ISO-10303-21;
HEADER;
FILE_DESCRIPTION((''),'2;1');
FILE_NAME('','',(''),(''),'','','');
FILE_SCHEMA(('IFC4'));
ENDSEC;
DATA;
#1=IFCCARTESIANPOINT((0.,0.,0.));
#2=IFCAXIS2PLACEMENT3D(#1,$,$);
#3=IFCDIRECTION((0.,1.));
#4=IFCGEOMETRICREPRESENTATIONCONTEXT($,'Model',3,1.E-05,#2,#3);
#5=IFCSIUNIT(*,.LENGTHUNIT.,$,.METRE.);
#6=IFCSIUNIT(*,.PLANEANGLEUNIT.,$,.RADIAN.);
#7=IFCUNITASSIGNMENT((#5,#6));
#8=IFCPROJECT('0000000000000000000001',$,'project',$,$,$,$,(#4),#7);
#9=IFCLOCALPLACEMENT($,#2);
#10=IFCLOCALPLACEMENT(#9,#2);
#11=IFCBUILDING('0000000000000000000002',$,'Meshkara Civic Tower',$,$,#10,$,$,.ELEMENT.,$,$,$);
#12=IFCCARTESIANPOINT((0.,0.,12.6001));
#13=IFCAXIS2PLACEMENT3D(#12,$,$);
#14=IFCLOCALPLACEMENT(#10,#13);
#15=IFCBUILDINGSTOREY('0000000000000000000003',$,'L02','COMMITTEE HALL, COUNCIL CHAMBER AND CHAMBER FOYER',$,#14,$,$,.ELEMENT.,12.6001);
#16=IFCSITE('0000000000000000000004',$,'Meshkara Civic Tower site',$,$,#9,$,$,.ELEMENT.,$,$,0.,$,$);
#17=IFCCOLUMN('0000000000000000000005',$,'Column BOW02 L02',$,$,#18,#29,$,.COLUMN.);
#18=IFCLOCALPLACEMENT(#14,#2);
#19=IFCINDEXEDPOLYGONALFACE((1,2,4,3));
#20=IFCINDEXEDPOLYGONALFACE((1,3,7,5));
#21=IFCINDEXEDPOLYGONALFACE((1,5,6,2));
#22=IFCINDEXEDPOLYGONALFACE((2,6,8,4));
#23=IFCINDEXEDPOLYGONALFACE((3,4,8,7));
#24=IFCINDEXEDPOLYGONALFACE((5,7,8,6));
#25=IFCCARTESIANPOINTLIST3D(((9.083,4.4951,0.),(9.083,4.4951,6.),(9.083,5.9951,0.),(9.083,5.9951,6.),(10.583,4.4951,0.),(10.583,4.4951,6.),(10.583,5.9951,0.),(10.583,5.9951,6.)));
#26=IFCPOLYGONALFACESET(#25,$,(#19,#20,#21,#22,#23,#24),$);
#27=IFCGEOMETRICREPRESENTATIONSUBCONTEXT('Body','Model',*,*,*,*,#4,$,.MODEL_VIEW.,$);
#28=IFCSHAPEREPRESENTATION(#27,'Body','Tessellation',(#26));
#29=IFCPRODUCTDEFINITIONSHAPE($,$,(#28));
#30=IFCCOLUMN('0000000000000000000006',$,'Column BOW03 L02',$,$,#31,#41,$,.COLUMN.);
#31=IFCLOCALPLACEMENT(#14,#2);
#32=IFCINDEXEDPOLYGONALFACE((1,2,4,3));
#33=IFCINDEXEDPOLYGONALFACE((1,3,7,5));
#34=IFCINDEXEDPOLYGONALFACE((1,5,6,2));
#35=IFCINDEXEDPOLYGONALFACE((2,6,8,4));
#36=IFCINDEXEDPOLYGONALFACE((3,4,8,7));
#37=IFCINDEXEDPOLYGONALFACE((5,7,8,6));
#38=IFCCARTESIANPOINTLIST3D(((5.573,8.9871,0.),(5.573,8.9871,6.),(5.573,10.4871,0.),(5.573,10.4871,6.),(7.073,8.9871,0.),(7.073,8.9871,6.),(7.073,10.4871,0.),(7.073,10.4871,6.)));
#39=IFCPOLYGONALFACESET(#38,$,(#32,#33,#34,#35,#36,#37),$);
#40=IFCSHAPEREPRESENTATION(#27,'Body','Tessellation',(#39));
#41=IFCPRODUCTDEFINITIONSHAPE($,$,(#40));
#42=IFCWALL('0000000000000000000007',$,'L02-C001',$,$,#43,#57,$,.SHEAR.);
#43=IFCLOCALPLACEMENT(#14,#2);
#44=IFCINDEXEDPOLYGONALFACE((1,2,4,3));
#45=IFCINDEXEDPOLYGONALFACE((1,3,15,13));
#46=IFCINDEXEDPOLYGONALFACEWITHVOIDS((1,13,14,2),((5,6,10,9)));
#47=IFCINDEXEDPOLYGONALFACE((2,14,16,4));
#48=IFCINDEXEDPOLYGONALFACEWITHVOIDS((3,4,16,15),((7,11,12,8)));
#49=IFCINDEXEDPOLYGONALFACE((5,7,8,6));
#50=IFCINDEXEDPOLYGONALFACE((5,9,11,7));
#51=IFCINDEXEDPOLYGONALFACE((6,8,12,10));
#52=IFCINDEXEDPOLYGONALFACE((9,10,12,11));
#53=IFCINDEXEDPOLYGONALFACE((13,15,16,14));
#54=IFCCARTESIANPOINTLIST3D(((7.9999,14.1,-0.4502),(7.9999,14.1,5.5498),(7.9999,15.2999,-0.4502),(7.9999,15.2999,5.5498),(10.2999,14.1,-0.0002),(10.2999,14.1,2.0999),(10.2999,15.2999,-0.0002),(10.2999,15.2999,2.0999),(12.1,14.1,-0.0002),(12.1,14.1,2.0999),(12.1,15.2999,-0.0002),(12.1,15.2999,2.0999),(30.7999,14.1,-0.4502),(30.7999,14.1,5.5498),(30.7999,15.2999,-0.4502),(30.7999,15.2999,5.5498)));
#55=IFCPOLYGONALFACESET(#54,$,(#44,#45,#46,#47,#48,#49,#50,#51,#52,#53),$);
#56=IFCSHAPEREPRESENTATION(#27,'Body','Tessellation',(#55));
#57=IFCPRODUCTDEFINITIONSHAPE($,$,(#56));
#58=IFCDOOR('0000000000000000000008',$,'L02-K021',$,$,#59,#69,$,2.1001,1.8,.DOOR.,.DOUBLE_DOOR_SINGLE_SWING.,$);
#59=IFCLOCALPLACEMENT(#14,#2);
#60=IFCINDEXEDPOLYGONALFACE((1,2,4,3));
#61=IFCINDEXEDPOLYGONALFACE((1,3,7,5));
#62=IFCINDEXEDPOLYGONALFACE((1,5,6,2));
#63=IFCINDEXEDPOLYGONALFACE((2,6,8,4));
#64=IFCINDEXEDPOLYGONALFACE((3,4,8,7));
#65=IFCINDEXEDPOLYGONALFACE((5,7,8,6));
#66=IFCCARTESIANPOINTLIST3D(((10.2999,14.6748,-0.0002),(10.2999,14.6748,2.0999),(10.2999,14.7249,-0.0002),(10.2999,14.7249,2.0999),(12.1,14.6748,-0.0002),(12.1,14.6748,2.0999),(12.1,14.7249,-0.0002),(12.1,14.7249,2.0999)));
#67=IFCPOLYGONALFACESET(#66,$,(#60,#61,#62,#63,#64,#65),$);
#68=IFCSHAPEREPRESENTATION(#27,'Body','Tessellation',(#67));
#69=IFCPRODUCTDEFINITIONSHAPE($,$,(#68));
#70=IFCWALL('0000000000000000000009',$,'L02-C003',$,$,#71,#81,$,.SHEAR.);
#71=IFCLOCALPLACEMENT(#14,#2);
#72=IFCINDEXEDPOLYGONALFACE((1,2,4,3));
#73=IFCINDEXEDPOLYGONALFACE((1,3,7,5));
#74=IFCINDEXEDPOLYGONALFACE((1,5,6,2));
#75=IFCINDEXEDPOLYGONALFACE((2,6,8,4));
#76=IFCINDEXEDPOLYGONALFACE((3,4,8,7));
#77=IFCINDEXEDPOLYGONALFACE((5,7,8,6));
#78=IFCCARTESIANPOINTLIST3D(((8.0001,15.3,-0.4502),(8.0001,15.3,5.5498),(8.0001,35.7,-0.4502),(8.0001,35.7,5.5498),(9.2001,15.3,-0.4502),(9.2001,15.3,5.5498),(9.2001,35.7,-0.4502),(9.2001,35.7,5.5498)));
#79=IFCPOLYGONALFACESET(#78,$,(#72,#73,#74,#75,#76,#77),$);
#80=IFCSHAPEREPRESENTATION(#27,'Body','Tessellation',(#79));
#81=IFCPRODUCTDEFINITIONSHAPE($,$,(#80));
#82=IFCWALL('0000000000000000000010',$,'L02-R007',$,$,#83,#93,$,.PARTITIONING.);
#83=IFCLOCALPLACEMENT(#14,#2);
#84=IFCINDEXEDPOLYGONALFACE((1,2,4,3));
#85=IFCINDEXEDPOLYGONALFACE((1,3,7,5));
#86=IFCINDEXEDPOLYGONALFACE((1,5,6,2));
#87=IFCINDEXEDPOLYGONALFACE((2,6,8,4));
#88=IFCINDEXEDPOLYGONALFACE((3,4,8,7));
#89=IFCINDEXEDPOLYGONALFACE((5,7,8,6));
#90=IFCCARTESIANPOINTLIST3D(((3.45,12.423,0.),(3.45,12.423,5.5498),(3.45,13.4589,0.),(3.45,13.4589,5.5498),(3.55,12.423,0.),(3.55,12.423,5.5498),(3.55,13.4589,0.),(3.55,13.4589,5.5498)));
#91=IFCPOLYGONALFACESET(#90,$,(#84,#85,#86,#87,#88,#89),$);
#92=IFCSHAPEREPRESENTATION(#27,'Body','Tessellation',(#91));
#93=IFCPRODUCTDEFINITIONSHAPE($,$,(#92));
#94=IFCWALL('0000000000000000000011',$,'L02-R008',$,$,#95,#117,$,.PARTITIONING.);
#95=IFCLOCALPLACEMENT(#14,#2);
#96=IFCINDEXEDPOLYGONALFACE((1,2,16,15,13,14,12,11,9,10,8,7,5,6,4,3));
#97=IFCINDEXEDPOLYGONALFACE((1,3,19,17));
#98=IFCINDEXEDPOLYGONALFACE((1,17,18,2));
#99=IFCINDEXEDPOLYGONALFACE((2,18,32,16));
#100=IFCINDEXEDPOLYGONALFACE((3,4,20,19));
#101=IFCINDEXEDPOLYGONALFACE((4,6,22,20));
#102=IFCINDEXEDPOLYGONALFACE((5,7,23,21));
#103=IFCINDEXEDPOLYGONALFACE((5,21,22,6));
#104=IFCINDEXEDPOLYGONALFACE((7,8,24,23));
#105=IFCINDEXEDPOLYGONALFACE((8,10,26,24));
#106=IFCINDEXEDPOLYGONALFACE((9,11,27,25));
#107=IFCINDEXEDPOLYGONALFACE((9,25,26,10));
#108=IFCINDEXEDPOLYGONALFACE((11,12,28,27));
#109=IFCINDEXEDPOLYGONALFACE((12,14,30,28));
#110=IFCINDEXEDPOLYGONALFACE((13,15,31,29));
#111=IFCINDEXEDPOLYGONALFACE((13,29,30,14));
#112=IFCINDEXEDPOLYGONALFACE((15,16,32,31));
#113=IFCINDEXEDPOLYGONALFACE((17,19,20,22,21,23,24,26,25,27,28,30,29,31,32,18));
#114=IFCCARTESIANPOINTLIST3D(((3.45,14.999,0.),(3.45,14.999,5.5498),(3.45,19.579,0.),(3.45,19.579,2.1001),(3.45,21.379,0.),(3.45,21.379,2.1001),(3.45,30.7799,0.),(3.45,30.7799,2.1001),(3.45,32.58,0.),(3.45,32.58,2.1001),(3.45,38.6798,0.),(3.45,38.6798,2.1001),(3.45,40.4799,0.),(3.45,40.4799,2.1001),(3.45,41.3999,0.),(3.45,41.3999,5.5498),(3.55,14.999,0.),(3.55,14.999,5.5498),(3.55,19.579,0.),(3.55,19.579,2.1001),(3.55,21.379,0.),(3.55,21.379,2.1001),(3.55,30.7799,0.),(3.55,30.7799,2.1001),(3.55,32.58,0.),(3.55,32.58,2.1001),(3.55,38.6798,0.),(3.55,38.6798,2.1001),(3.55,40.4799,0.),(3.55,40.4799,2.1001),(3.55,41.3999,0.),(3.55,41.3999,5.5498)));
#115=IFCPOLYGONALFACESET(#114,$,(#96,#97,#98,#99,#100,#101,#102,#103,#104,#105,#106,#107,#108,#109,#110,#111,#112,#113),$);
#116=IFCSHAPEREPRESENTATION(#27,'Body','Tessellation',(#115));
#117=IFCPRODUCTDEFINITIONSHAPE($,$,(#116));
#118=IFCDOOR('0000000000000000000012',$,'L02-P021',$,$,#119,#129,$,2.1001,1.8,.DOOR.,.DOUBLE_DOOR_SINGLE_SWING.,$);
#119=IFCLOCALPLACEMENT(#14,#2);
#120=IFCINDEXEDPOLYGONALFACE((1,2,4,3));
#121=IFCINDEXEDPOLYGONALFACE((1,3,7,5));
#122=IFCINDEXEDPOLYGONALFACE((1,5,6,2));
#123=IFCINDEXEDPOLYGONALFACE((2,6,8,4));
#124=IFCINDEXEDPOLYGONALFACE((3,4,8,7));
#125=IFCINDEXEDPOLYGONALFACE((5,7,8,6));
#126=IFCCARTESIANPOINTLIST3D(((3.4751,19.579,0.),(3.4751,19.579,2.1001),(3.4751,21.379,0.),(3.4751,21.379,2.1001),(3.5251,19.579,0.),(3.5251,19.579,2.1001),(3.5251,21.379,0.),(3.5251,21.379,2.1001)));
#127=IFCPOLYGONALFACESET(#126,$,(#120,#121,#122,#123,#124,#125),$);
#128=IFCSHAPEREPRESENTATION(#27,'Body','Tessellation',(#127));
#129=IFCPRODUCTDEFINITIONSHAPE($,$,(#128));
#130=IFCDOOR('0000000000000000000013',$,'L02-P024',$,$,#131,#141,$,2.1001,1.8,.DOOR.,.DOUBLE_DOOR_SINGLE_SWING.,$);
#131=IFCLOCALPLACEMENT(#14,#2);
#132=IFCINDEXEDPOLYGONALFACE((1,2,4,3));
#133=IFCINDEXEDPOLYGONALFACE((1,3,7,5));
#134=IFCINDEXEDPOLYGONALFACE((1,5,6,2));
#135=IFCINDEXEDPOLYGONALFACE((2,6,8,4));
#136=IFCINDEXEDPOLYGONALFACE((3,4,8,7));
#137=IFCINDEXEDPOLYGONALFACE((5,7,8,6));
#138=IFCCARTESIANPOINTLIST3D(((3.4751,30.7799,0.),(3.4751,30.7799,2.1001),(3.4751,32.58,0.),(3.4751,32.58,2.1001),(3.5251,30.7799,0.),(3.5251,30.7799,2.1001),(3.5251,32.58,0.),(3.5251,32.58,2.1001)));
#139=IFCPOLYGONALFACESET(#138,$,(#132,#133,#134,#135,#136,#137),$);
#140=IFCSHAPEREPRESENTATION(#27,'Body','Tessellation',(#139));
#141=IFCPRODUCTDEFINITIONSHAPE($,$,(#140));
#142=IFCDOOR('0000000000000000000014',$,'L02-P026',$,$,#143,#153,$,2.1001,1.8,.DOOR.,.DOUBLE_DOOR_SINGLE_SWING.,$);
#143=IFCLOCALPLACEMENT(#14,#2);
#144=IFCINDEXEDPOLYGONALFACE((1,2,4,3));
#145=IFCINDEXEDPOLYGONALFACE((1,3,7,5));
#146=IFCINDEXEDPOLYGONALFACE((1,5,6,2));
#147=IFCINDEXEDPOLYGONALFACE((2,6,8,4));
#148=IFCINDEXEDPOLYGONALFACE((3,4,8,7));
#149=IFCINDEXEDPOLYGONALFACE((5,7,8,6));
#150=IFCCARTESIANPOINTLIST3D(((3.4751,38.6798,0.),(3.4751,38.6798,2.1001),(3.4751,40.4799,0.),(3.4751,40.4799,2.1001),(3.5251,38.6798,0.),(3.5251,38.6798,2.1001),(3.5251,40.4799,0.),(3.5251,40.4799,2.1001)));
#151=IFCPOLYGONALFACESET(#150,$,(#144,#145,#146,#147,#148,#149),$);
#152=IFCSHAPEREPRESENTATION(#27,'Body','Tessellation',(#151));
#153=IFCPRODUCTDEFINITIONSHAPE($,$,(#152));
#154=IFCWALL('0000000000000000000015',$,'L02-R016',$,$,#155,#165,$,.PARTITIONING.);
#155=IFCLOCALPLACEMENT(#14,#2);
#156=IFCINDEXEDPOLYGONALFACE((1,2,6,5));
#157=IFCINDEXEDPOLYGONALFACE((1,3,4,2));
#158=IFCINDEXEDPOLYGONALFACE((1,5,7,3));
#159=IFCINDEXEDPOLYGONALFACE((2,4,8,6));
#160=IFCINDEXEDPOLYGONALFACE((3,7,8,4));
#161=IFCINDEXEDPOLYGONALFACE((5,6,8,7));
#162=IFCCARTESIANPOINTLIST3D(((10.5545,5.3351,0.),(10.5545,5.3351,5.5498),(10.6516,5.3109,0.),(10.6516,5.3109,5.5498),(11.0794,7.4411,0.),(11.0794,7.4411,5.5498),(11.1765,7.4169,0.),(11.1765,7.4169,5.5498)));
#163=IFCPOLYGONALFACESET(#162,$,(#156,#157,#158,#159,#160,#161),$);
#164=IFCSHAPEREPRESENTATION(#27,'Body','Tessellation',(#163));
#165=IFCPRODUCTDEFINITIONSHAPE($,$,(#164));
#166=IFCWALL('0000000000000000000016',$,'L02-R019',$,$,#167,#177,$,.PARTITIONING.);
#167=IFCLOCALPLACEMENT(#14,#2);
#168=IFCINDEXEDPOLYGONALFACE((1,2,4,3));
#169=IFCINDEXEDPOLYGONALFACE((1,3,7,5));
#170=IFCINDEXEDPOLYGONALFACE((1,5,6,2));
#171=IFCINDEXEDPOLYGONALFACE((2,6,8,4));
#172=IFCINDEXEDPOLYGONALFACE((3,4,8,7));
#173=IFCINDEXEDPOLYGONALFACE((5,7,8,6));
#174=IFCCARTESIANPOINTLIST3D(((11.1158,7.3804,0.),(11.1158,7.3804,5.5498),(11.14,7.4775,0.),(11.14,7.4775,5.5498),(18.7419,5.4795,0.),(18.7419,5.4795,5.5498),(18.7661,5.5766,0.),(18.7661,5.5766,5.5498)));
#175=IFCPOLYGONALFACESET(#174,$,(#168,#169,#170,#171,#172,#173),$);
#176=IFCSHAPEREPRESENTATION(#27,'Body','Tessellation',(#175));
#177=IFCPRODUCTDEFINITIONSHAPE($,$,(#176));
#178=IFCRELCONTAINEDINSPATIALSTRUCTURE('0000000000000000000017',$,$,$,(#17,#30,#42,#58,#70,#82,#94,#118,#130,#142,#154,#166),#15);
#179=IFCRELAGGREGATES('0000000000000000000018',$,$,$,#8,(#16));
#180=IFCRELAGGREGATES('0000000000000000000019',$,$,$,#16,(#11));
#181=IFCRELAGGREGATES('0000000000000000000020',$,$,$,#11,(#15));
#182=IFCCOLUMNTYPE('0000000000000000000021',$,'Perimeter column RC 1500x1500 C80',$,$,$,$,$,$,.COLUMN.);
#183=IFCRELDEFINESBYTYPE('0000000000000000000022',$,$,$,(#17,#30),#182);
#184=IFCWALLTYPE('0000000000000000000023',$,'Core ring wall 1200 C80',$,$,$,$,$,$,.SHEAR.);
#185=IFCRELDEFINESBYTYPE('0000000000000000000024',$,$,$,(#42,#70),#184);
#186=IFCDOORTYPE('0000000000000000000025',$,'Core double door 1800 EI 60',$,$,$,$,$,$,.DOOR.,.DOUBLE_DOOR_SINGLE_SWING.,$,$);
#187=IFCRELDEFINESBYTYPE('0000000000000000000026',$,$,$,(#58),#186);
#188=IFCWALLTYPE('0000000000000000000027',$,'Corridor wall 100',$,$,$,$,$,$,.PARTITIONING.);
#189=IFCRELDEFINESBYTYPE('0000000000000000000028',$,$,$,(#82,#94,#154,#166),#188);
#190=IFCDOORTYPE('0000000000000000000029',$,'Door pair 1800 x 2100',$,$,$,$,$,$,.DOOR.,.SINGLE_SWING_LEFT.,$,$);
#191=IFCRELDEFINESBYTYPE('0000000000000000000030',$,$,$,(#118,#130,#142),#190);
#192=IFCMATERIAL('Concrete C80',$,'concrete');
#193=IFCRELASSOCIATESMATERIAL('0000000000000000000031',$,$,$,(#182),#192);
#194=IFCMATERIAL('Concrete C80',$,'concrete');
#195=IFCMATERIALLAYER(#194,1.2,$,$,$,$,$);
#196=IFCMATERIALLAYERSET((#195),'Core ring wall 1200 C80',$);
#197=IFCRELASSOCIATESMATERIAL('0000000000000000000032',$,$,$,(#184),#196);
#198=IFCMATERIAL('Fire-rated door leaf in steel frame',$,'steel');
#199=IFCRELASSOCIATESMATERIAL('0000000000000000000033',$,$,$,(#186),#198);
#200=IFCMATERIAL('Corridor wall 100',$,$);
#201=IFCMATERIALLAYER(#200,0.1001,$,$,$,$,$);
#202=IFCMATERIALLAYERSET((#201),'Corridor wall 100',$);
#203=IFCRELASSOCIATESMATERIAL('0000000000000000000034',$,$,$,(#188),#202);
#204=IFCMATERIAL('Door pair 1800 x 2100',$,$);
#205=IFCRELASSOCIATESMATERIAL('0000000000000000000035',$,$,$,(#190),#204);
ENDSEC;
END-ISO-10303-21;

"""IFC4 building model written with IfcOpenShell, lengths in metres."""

from ifc_helpers import new_model, si_unit, direction, frame, frame_2d, origin, origin_2d, place, context, subcontext, project, spatial, rectangle, extrude, material, layer, layer_set, material_profile, profile_set, type_object, element, fill, save


model = new_model("IFC4")

# Units and contexts
model_context = context("Model", 3, precision=1e-05, world=origin(), true_north=direction((0.0, 1.0)))
body_context = subcontext(model_context, "Body", "Model", "MODEL_VIEW")
ifc_project = project(units=[si_unit("LENGTHUNIT", "METRE"), si_unit("PLANEANGLEUNIT", "RADIAN")], contexts=[model_context])

# Site, building, storey
site_placement = place(None, origin())
site = spatial("IfcSite", under=ifc_project, at=site_placement, Name="Meshkara Civic Tower site", CompositionType="ELEMENT", RefElevation=0.0)
building_placement = place(site_placement, origin())
building = spatial("IfcBuilding", under=site, at=building_placement, Name="Meshkara Civic Tower", CompositionType="ELEMENT")
storey_placement = place(building_placement, frame((0.0, 0.0, 12.6001)))
storey = spatial("IfcBuildingStorey", under=building, at=storey_placement, Name="L02", Description="COMMITTEE HALL, COUNCIL CHAMBER AND CHAMBER FOYER", CompositionType="ELEMENT", Elevation=12.6001)

# Columns
ifc_material_1 = material(Name="Concrete C80", Category="concrete")
ifc_material_profile = material_profile(ifc_material_1, rectangle(XDim=1.5, YDim=1.5, at=origin_2d()))
ifc_profile_set = profile_set([ifc_material_profile], Name="Concrete C80")
column_type = type_object("IfcColumnType", Name="Perimeter column RC 1500x1500 C80", PredefinedType="COLUMN", material=ifc_profile_set)
for number, where, z_axis, x_axis, name in (
    (1, (9.833, 5.2451, 0.0), (0.0, 0.0, 1.0), (1.0, 0.0, 0.0), "Column BOW02 L02"),
    (2, (6.323, 9.7371, 0.0), (0.0, 0.0, 1.0), (1.0, 0.0, 0.0), "Column BOW03 L02"),
):
    element("IfcColumn", number, at=place(storey_placement, frame(where, z_axis=z_axis, x_axis=x_axis)), inside=storey, type_object=column_type, Name=name, PredefinedType="COLUMN", context=body_context, shape_type="SweptSolid", body=[
        extrude(rectangle(XDim=1.5, YDim=1.5, at=origin_2d()), origin(), (0.0, 0.0, 1.0), 6.0),
    ])

# Wall, opening, door
ifc_material_2 = material(Name="Concrete C80", Category="concrete")
ifc_layer_1 = layer(ifc_material_2, 1.2)
ifc_layer_set_1 = layer_set([ifc_layer_1], Name="Core ring wall 1200 C80")
wall_type_1 = type_object("IfcWallType", Name="Core ring wall 1200 C80", PredefinedType="SHEAR", material=ifc_layer_set_1)
wall_1_placement = place(storey_placement, frame((8.0, 14.7, -0.4502), z_axis=(0.0, 0.0, 1.0), x_axis=(1.0, 0.0, 0.0)))
wall_1 = element("IfcWall", 3, at=wall_1_placement, inside=storey, type_object=wall_type_1, Name="L02-C001", PredefinedType="SHEAR", context=body_context, shape_type="SweptSolid", body=[
    extrude(rectangle(XDim=22.8, YDim=1.2, at=frame_2d((11.3999, 0.0))), origin(), (0.0, 0.0, 1.0), 6.0),
])
opening_1_placement = place(wall_1_placement, frame((2.3, 0.0, 0.45)))
opening_1 = element("IfcOpeningElement", 4, at=opening_1_placement, cuts=wall_1, PredefinedType="OPENING", context=body_context, shape_type="SweptSolid", body=[
    extrude(rectangle(XDim=1.8, YDim=2.1001, at=frame_2d((0.8999, 1.05))), frame((0.0, 0.6099, 0.0), z_axis=(0.0, -1.0, 0.0), x_axis=(1.0, 0.0, 0.0)), (0.0, 0.0, 1.0), 1.22),
])
ifc_material_3 = material(Name="Fire-rated door leaf in steel frame", Category="steel")
door_type_1 = type_object("IfcDoorType", Name="Core double door 1800 EI 60", OperationType="DOUBLE_DOOR_SINGLE_SWING", PredefinedType="DOOR", material=ifc_material_3)
door_1_placement = place(opening_1_placement, origin())
door_1 = element("IfcDoor", 5, at=door_1_placement, inside=storey, type_object=door_type_1, Name="L02-K021", OperationType="DOUBLE_DOOR_SINGLE_SWING", OverallHeight=2.1001, OverallWidth=1.8, PredefinedType="DOOR", context=body_context, shape_type="SweptSolid", body=[
    extrude(rectangle(XDim=1.8, YDim=2.1001, at=frame_2d((0.8999, 1.05))), frame((0.0, 0.0249, 0.0), z_axis=(0.0, -1.0, 0.0), x_axis=(1.0, 0.0, 0.0)), (0.0, 0.0, 1.0), 0.05),
])
fill(opening_1, door_1)

# Walls
wall_2_placement = place(storey_placement, frame((8.6001, 15.3, -0.4502), z_axis=(0.0, 0.0, 1.0), x_axis=(0.0, 1.0, 0.0)))
element("IfcWall", 6, at=wall_2_placement, inside=storey, type_object=wall_type_1, Name="L02-C003", PredefinedType="SHEAR", context=body_context, shape_type="SweptSolid", body=[
    extrude(rectangle(XDim=20.3999, YDim=1.2, at=frame_2d((10.2, 0.0))), origin(), (0.0, 0.0, 1.0), 6.0),
])
ifc_material_4 = material(Name="Corridor wall 100")
ifc_layer_2 = layer(ifc_material_4, 0.1001)
ifc_layer_set_2 = layer_set([ifc_layer_2], Name="Corridor wall 100")
wall_type_2 = type_object("IfcWallType", Name="Corridor wall 100", PredefinedType="PARTITIONING", material=ifc_layer_set_2)
wall_3_placement = place(storey_placement, frame((3.5, 13.459, 0.0), z_axis=(0.0, 0.0, 1.0), x_axis=(0.0, -1.0, 0.0)))
element("IfcWall", 7, at=wall_3_placement, inside=storey, type_object=wall_type_2, Name="L02-R007", PredefinedType="PARTITIONING", context=body_context, shape_type="SweptSolid", body=[
    extrude(rectangle(XDim=1.0359, YDim=0.1001, at=frame_2d((0.5181, 0.0))), origin(), (0.0, 0.0, 1.0), 5.5498),
])

# Wall, openings, doors
wall_4_placement = place(storey_placement, frame((3.5, 14.999, 0.0), z_axis=(0.0, 0.0, 1.0), x_axis=(0.0, 1.0, 0.0)))
wall_4 = element("IfcWall", 8, at=wall_4_placement, inside=storey, type_object=wall_type_2, Name="L02-R008", PredefinedType="PARTITIONING", context=body_context, shape_type="SweptSolid", body=[
    extrude(rectangle(XDim=26.4009, YDim=0.1001, at=frame_2d((13.2004, 0.0))), origin(), (0.0, 0.0, 1.0), 5.5498),
])
opening_2_placement = place(wall_4_placement, frame((4.5801, 0.0, 0.0)))
opening_2 = element("IfcOpeningElement", 9, at=opening_2_placement, cuts=wall_4, PredefinedType="OPENING", context=body_context, shape_type="SweptSolid", body=[
    extrude(rectangle(XDim=1.8, YDim=2.1001, at=frame_2d((0.8999, 1.05))), frame((0.0, 0.0601, 0.0), z_axis=(0.0, -1.0, 0.0), x_axis=(1.0, 0.0, 0.0)), (0.0, 0.0, 1.0), 0.1201),
])
opening_3_placement = place(wall_4_placement, frame((15.781, 0.0, 0.0)))
opening_3 = element("IfcOpeningElement", 10, at=opening_3_placement, cuts=wall_4, PredefinedType="OPENING", context=body_context, shape_type="SweptSolid", body=[
    extrude(rectangle(XDim=1.8, YDim=2.1001, at=frame_2d((0.8999, 1.05))), frame((0.0, 0.0601, 0.0), z_axis=(0.0, -1.0, 0.0), x_axis=(1.0, 0.0, 0.0)), (0.0, 0.0, 1.0), 0.1201),
])
opening_4_placement = place(wall_4_placement, frame((23.6809, 0.0, 0.0)))
opening_4 = element("IfcOpeningElement", 11, at=opening_4_placement, cuts=wall_4, PredefinedType="OPENING", context=body_context, shape_type="SweptSolid", body=[
    extrude(rectangle(XDim=1.8, YDim=2.1001, at=frame_2d((0.8999, 1.05))), frame((0.0, 0.0601, 0.0), z_axis=(0.0, -1.0, 0.0), x_axis=(1.0, 0.0, 0.0)), (0.0, 0.0, 1.0), 0.1201),
])
ifc_material_5 = material(Name="Door pair 1800 x 2100")
door_type_2 = type_object("IfcDoorType", Name="Door pair 1800 x 2100", OperationType="SINGLE_SWING_LEFT", PredefinedType="DOOR", material=ifc_material_5)
door_2_placement = place(opening_2_placement, origin())
door_2 = element("IfcDoor", 12, at=door_2_placement, inside=storey, type_object=door_type_2, Name="L02-P021", OperationType="DOUBLE_DOOR_SINGLE_SWING", OverallHeight=2.1001, OverallWidth=1.8, PredefinedType="DOOR", context=body_context, shape_type="SweptSolid", body=[
    extrude(rectangle(XDim=1.8, YDim=2.1001, at=frame_2d((0.8999, 1.05))), frame((0.0, 0.0249, 0.0), z_axis=(0.0, -1.0, 0.0), x_axis=(1.0, 0.0, 0.0)), (0.0, 0.0, 1.0), 0.05),
])
fill(opening_2, door_2)
door_3_placement = place(opening_3_placement, origin())
door_3 = element("IfcDoor", 13, at=door_3_placement, inside=storey, type_object=door_type_2, Name="L02-P024", OperationType="DOUBLE_DOOR_SINGLE_SWING", OverallHeight=2.1001, OverallWidth=1.8, PredefinedType="DOOR", context=body_context, shape_type="SweptSolid", body=[
    extrude(rectangle(XDim=1.8, YDim=2.1001, at=frame_2d((0.8999, 1.05))), frame((0.0, 0.0249, 0.0), z_axis=(0.0, -1.0, 0.0), x_axis=(1.0, 0.0, 0.0)), (0.0, 0.0, 1.0), 0.05),
])
fill(opening_3, door_3)
door_4_placement = place(opening_4_placement, origin())
door_4 = element("IfcDoor", 14, at=door_4_placement, inside=storey, type_object=door_type_2, Name="L02-P026", OperationType="DOUBLE_DOOR_SINGLE_SWING", OverallHeight=2.1001, OverallWidth=1.8, PredefinedType="DOOR", context=body_context, shape_type="SweptSolid", body=[
    extrude(rectangle(XDim=1.8, YDim=2.1001, at=frame_2d((0.8999, 1.05))), frame((0.0, 0.0249, 0.0), z_axis=(0.0, -1.0, 0.0), x_axis=(1.0, 0.0, 0.0)), (0.0, 0.0, 1.0), 0.05),
])
fill(opening_4, door_4)

# Walls
wall_5_placement = place(storey_placement, frame((10.603, 5.323, 0.0), z_axis=(0.0, 0.0, 1.0), x_axis=(0.241847, 0.970314, 0.0)))
element("IfcWall", 15, at=wall_5_placement, inside=storey, type_object=wall_type_2, Name="L02-R016", PredefinedType="PARTITIONING", context=body_context, shape_type="SweptSolid", body=[
    extrude(rectangle(XDim=2.1704, YDim=0.1001, at=frame_2d((1.0852, 0.0))), origin(), (0.0, 0.0, 1.0), 5.5498),
])
wall_6_placement = place(storey_placement, frame((11.1279, 7.429, 0.0), z_axis=(0.0, 0.0, 1.0), x_axis=(0.97031, -0.241863, 0.0)))
element("IfcWall", 16, at=wall_6_placement, inside=storey, type_object=wall_type_2, Name="L02-R019", PredefinedType="PARTITIONING", context=body_context, shape_type="SweptSolid", body=[
    extrude(rectangle(XDim=7.8594, YDim=0.1001, at=frame_2d((3.9297, 0.0))), origin(), (0.0, 0.0, 1.0), 5.5498),
])

save(model, "model.ifc")
